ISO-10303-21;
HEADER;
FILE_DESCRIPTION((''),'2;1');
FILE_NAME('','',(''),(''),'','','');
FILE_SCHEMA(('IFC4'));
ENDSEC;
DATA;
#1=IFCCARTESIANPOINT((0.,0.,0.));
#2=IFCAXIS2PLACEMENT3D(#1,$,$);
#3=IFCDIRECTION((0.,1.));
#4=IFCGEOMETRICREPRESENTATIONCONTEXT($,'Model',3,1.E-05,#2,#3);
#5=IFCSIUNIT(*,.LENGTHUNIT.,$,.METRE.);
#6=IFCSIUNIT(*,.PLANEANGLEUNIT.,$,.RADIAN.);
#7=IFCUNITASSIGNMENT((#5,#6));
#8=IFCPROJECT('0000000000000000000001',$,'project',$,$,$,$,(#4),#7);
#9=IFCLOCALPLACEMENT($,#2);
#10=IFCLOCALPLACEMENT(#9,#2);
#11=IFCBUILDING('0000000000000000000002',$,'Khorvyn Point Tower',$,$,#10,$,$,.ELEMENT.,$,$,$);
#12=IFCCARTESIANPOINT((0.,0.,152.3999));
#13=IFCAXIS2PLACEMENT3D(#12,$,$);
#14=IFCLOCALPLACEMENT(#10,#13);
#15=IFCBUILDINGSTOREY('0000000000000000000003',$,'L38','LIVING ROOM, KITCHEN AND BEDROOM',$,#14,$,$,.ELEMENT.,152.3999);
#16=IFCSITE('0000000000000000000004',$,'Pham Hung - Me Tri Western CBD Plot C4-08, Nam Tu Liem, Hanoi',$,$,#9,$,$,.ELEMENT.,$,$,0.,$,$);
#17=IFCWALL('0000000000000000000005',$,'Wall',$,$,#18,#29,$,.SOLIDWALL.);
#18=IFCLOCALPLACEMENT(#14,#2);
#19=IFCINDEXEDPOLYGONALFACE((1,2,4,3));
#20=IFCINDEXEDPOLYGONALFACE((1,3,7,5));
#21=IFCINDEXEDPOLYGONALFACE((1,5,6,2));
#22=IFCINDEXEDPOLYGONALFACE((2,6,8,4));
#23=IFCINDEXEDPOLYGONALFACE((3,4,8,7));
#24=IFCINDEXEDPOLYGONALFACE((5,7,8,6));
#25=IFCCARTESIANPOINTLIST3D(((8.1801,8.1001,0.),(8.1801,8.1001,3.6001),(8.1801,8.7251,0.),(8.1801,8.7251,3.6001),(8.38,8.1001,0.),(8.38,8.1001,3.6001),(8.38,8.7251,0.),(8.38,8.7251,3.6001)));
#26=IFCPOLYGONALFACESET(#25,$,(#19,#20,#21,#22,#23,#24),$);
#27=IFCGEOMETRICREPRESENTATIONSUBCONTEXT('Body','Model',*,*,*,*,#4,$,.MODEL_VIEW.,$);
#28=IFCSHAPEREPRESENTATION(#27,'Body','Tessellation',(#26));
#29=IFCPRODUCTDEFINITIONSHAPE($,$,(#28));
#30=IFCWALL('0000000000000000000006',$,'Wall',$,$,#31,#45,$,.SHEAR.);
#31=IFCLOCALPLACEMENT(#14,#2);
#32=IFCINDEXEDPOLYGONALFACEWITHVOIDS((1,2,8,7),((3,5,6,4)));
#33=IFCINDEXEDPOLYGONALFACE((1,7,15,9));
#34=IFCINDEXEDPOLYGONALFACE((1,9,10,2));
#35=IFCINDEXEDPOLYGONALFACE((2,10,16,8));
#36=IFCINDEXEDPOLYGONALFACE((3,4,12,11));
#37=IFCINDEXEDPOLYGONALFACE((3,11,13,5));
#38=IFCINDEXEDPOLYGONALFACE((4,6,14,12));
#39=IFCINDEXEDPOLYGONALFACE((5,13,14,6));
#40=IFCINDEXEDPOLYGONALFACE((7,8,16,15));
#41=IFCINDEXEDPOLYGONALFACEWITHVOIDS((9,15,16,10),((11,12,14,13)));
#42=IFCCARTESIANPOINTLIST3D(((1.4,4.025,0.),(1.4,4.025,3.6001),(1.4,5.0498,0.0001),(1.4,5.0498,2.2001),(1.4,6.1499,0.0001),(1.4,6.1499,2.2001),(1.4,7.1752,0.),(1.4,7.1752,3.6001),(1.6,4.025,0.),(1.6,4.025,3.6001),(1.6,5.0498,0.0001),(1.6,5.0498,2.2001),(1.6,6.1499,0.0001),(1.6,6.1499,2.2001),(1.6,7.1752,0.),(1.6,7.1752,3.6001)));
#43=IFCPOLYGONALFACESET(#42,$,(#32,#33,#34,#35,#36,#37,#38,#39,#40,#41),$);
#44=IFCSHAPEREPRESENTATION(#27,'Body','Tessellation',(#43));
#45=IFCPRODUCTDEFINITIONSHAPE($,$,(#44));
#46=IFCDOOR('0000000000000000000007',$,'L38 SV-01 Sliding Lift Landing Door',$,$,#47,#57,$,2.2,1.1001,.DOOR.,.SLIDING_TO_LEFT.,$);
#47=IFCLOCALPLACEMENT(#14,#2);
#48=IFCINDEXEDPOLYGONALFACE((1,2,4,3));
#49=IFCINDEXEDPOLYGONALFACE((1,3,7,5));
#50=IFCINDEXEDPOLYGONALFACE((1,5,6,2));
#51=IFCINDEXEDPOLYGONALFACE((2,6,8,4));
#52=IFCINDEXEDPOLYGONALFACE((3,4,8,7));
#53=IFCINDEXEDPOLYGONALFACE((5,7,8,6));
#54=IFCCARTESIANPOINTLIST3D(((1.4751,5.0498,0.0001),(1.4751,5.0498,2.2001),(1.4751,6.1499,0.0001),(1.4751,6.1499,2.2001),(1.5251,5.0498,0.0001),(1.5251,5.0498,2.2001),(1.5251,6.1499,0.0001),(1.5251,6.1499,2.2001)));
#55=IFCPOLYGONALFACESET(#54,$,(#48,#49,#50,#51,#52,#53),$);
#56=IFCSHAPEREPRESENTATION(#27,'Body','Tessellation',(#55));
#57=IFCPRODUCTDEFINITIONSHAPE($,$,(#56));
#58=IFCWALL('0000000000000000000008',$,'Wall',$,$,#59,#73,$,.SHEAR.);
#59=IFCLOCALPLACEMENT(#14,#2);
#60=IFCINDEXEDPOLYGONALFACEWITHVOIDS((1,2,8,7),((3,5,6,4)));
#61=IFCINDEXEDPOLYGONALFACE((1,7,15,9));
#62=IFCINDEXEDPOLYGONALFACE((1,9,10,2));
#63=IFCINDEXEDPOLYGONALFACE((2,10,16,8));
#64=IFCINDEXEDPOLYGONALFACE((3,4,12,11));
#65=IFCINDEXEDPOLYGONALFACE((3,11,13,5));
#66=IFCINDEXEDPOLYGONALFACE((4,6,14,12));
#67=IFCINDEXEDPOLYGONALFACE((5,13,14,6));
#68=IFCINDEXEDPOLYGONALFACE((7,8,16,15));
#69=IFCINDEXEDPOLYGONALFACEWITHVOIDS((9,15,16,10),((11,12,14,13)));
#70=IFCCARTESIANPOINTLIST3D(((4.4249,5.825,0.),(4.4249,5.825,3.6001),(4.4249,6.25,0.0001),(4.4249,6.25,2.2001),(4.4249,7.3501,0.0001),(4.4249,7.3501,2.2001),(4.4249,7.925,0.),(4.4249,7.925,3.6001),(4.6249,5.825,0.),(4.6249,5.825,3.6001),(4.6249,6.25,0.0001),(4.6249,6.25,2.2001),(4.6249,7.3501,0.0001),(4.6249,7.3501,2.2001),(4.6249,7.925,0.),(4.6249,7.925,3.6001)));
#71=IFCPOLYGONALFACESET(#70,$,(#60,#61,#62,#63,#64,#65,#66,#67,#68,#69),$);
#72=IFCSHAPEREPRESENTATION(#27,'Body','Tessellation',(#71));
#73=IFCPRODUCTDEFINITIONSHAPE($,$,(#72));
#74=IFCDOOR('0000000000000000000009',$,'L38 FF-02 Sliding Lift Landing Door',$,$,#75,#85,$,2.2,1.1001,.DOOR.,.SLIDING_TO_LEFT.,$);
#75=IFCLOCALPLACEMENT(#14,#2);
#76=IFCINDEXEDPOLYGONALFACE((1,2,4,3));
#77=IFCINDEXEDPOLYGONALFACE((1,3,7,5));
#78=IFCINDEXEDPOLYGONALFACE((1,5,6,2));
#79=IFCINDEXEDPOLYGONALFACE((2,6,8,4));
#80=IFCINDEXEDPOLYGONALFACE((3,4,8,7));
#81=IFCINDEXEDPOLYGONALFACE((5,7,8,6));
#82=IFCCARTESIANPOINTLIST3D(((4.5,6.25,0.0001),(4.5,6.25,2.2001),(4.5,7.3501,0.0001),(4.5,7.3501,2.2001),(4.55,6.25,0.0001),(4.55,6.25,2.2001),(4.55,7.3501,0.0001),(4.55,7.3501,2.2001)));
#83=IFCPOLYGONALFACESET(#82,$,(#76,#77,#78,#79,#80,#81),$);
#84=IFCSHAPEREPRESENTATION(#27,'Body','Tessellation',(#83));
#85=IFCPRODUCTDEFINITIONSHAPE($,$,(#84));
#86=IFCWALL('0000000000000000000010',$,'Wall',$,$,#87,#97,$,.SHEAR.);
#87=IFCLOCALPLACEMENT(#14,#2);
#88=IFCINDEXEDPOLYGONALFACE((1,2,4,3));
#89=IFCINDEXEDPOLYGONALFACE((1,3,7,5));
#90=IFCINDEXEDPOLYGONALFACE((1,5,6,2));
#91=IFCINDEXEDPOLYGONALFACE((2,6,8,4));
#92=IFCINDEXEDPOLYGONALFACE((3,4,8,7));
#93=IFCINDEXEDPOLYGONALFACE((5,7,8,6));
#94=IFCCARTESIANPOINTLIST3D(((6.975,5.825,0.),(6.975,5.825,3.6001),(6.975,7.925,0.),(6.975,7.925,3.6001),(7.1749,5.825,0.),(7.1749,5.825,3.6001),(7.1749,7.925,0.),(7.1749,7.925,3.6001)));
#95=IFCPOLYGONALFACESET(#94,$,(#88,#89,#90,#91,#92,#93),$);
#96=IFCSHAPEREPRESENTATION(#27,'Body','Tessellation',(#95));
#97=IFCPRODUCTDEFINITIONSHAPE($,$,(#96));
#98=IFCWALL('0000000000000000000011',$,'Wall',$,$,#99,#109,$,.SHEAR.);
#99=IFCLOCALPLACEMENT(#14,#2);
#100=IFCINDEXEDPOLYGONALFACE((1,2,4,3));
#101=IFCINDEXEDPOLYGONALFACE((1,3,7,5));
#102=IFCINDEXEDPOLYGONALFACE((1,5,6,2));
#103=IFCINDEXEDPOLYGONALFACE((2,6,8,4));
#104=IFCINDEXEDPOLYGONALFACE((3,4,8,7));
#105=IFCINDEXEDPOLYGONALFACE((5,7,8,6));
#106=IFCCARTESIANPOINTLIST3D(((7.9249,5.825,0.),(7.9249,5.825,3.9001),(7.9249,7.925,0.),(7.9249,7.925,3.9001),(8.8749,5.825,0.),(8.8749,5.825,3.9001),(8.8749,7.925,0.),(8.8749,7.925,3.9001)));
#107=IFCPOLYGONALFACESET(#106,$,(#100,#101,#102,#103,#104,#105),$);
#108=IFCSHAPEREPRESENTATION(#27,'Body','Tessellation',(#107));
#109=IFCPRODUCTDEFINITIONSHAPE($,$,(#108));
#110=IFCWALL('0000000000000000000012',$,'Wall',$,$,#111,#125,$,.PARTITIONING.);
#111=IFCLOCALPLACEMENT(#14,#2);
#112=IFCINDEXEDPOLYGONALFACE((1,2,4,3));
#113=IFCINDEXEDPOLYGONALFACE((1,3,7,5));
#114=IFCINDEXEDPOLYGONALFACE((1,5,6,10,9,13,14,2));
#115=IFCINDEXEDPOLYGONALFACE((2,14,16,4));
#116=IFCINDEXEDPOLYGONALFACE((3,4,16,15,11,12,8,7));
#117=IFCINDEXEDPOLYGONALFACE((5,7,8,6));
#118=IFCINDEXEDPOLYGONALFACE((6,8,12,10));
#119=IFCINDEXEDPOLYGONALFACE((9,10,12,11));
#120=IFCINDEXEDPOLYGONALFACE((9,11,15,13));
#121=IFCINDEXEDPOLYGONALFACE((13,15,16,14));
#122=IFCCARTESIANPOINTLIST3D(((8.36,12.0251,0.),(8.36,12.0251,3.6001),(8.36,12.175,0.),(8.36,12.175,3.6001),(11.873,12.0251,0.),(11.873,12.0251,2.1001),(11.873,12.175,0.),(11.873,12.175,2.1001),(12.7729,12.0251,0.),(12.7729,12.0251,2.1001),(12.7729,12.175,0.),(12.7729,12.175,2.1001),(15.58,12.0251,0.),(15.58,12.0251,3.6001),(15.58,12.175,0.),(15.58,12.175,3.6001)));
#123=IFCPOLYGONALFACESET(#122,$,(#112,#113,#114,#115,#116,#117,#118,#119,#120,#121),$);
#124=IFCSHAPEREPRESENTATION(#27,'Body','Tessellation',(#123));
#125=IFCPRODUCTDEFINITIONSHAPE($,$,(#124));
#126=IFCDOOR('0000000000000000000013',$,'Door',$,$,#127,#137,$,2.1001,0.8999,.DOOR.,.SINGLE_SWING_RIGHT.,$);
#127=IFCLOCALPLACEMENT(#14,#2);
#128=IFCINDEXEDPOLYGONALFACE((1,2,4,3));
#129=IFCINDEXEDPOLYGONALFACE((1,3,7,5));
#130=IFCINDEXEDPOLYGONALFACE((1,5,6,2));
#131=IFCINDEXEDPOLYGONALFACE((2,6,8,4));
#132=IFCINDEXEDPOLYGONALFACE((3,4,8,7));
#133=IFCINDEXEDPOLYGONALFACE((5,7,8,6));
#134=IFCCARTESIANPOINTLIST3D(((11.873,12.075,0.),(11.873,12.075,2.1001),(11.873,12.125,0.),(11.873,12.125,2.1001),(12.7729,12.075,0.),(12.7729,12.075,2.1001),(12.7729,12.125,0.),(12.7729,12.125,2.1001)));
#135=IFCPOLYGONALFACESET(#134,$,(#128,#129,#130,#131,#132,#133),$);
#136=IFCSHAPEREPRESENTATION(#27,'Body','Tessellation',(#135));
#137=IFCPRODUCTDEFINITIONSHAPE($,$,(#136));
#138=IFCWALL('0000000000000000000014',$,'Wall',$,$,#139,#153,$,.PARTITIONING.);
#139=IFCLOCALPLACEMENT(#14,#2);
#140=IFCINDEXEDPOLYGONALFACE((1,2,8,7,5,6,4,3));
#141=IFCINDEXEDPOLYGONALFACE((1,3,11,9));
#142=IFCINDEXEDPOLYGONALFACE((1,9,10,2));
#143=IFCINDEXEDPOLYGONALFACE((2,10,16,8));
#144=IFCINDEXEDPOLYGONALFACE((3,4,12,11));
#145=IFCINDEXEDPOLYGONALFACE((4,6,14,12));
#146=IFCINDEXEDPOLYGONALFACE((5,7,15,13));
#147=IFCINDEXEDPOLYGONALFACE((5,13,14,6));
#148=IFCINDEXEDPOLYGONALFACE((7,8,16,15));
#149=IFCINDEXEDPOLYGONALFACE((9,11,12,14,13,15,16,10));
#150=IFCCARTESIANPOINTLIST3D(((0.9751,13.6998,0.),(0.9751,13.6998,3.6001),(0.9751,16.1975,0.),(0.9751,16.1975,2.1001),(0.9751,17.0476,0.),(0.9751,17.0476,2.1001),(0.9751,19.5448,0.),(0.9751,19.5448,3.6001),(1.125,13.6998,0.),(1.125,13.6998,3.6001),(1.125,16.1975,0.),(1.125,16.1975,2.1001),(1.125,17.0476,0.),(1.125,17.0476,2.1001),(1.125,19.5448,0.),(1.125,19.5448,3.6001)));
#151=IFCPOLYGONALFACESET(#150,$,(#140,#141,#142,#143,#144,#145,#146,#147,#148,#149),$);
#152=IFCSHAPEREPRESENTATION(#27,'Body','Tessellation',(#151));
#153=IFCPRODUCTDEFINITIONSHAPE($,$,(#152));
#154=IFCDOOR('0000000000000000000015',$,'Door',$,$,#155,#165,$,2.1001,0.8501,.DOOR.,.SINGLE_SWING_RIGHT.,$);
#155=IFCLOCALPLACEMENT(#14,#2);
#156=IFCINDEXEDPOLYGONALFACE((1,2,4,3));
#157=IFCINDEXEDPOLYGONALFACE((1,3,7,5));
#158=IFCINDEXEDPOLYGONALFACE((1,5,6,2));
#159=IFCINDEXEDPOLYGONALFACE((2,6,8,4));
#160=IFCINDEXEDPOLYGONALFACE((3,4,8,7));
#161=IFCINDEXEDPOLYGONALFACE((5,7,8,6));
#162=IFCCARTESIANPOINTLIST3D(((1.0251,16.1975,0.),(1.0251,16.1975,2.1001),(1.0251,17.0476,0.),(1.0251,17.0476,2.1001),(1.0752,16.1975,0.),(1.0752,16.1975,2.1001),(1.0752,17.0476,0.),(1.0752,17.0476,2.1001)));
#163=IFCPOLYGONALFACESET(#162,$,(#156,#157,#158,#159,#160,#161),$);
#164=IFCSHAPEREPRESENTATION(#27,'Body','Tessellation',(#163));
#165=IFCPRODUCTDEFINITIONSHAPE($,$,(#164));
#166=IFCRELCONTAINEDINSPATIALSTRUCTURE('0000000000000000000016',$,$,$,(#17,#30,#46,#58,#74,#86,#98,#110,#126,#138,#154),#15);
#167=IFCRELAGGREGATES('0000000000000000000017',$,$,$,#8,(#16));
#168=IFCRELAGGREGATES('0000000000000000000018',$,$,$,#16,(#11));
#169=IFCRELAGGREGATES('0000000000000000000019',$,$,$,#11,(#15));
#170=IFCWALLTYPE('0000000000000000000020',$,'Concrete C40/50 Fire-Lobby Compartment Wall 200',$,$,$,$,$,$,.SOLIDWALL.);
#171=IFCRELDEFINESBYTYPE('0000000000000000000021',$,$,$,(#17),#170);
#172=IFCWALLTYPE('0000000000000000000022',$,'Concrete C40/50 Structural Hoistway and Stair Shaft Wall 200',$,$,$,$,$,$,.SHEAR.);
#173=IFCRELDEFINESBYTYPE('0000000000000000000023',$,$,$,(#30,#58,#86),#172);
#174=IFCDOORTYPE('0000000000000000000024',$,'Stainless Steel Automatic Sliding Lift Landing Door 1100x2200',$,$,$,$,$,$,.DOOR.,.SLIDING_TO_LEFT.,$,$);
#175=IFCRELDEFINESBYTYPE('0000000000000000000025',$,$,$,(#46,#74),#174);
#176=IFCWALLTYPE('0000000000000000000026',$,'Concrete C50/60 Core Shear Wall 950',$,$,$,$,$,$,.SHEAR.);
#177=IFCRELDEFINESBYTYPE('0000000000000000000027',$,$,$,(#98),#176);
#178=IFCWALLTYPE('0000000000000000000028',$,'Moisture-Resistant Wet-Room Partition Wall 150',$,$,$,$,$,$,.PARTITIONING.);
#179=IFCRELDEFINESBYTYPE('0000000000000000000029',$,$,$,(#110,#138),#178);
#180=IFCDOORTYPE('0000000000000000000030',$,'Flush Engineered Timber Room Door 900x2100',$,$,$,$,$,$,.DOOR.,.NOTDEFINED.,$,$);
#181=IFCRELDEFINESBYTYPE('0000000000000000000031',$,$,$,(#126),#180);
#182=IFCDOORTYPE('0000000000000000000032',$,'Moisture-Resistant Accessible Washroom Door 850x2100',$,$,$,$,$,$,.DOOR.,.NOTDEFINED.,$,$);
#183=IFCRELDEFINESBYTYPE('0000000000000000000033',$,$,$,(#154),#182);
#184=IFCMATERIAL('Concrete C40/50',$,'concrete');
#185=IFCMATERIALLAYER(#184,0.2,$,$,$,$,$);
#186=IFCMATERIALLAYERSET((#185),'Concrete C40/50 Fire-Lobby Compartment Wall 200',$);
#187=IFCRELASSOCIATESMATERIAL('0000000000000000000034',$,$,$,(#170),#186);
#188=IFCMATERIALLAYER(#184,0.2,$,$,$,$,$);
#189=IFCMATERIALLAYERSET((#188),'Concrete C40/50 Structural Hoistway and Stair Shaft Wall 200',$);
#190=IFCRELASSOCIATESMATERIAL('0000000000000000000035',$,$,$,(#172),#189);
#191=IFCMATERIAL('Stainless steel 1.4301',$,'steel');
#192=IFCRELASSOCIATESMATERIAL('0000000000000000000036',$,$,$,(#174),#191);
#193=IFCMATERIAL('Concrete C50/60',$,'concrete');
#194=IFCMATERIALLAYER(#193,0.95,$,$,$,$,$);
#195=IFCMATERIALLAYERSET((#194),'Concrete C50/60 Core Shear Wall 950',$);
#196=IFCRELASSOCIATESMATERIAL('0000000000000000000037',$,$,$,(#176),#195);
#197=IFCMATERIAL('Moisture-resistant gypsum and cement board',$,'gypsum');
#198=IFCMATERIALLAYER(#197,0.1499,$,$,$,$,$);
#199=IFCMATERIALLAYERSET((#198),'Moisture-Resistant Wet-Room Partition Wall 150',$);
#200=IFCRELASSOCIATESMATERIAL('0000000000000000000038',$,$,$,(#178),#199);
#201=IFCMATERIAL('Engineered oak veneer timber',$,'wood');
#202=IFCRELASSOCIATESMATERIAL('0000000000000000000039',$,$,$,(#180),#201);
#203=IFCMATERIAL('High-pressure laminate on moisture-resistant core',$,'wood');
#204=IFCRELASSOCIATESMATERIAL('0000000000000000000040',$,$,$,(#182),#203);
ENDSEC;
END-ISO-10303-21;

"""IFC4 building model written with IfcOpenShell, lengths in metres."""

from ifc_helpers import new_model, si_unit, direction, frame, frame_2d, origin, place, context, subcontext, project, spatial, rectangle, extrude, material, layer, layer_set, type_object, element, fill, save


model = new_model("IFC4")

# Units and contexts
model_context = context("Model", 3, precision=1e-05, world=origin(), true_north=direction((0.0, 1.0)))
body_context = subcontext(model_context, "Body", "Model", "MODEL_VIEW")
ifc_project = project(units=[si_unit("LENGTHUNIT", "METRE"), si_unit("PLANEANGLEUNIT", "RADIAN")], contexts=[model_context])

# Site, building, storey
site_placement = place(None, origin())
site = spatial("IfcSite", under=ifc_project, at=site_placement, Name="Pham Hung - Me Tri Western CBD Plot C4-08, Nam Tu Liem, Hanoi", CompositionType="ELEMENT", RefElevation=0.0)
building_placement = place(site_placement, origin())
building = spatial("IfcBuilding", under=site, at=building_placement, Name="Khorvyn Point Tower", CompositionType="ELEMENT")
storey_placement = place(building_placement, frame((0.0, 0.0, 152.3999)))
storey = spatial("IfcBuildingStorey", under=building, at=storey_placement, Name="L38", Description="LIVING ROOM, KITCHEN AND BEDROOM", CompositionType="ELEMENT", Elevation=152.3999)

# Shared definitions
ifc_material_1 = material(Name="Concrete C40/50", Category="concrete")

# Shared definitions
ifc_layer_1 = layer(ifc_material_1, 0.2)
ifc_layer_set_1 = layer_set([ifc_layer_1], Name="Concrete C40/50 Fire-Lobby Compartment Wall 200")
wall_type_1 = type_object("IfcWallType", Name="Concrete C40/50 Fire-Lobby Compartment Wall 200", PredefinedType="SOLIDWALL", material=ifc_layer_set_1)

# Wall
wall_1_placement = place(storey_placement, frame((8.28, 8.1001, 0.0), z_axis=(0.0, 0.0, 1.0), x_axis=(0.0, 1.0, 0.0)))
element("IfcWall", 1, at=wall_1_placement, inside=storey, type_object=wall_type_1, Name="Wall", PredefinedType="SOLIDWALL", context=body_context, shape_type="SweptSolid", body=[
    extrude(rectangle(XDim=0.625, YDim=0.2, at=frame_2d((0.3125, 0.0))), origin(), (0.0, 0.0, 1.0), 3.6001),
])

# Walls, openings, doors
ifc_layer_2 = layer(ifc_material_1, 0.2)
ifc_layer_set_2 = layer_set([ifc_layer_2], Name="Concrete C40/50 Structural Hoistway and Stair Shaft Wall 200")
wall_type_2 = type_object("IfcWallType", Name="Concrete C40/50 Structural Hoistway and Stair Shaft Wall 200", PredefinedType="SHEAR", material=ifc_layer_set_2)
wall_2_placement = place(storey_placement, frame((1.5, 4.0249, 0.0), z_axis=(0.0, 0.0, 1.0), x_axis=(0.0, 1.0, 0.0)))
wall_2 = element("IfcWall", 2, at=wall_2_placement, inside=storey, type_object=wall_type_2, Name="Wall", PredefinedType="SHEAR", context=body_context, shape_type="SweptSolid", body=[
    extrude(rectangle(XDim=3.1501, YDim=0.2, at=frame_2d((1.5752, 0.0))), origin(), (0.0, 0.0, 1.0), 3.6001),
])
opening_1_placement = place(wall_2_placement, frame((1.0249, 0.0, 0.0)))
opening_1 = element("IfcOpeningElement", 3, at=opening_1_placement, cuts=wall_2, PredefinedType="OPENING", context=body_context, shape_type="SweptSolid", body=[
    extrude(rectangle(XDim=1.1001, YDim=2.2, at=frame_2d((0.55, 1.1001))), frame((0.0, 0.1099, 0.0), z_axis=(0.0, -1.0, 0.0), x_axis=(1.0, 0.0, 0.0)), (0.0, 0.0, 1.0), 0.22),
])
ifc_material_2 = material(Name="Stainless steel 1.4301", Category="steel")
door_type_1 = type_object("IfcDoorType", Name="Stainless Steel Automatic Sliding Lift Landing Door 1100x2200", OperationType="SLIDING_TO_LEFT", PredefinedType="DOOR", material=ifc_material_2)
door_1_placement = place(opening_1_placement, origin())
door_1 = element("IfcDoor", 4, at=door_1_placement, inside=storey, type_object=door_type_1, Name="L38 SV-01 Sliding Lift Landing Door", OperationType="SLIDING_TO_LEFT", OverallHeight=2.2, OverallWidth=1.1001, PredefinedType="DOOR", context=body_context, shape_type="SweptSolid", body=[
    extrude(rectangle(XDim=1.1001, YDim=2.2, at=frame_2d((0.55, 1.1001))), frame((0.0, 0.0249, 0.0), z_axis=(0.0, -1.0, 0.0), x_axis=(1.0, 0.0, 0.0)), (0.0, 0.0, 1.0), 0.05),
])
fill(opening_1, door_1)
wall_3_placement = place(storey_placement, frame((4.5249, 5.825, 0.0), z_axis=(0.0, 0.0, 1.0), x_axis=(0.0, 1.0, 0.0)))
wall_3 = element("IfcWall", 5, at=wall_3_placement, inside=storey, type_object=wall_type_2, Name="Wall", PredefinedType="SHEAR", context=body_context, shape_type="SweptSolid", body=[
    extrude(rectangle(XDim=2.1001, YDim=0.2, at=frame_2d((1.05, 0.0))), origin(), (0.0, 0.0, 1.0), 3.6001),
])
opening_2_placement = place(wall_3_placement, frame((0.425, 0.0, 0.0)))
opening_2 = element("IfcOpeningElement", 6, at=opening_2_placement, cuts=wall_3, PredefinedType="OPENING", context=body_context, shape_type="SweptSolid", body=[
    extrude(rectangle(XDim=1.1001, YDim=2.2, at=frame_2d((0.55, 1.1001))), frame((0.0, 0.1099, 0.0), z_axis=(0.0, -1.0, 0.0), x_axis=(1.0, 0.0, 0.0)), (0.0, 0.0, 1.0), 0.22),
])
door_2_placement = place(opening_2_placement, origin())
door_2 = element("IfcDoor", 7, at=door_2_placement, inside=storey, type_object=door_type_1, Name="L38 FF-02 Sliding Lift Landing Door", OperationType="SLIDING_TO_LEFT", OverallHeight=2.2, OverallWidth=1.1001, PredefinedType="DOOR", context=body_context, shape_type="SweptSolid", body=[
    extrude(rectangle(XDim=1.1001, YDim=2.2, at=frame_2d((0.55, 1.1001))), frame((0.0, 0.0249, 0.0), z_axis=(0.0, -1.0, 0.0), x_axis=(1.0, 0.0, 0.0)), (0.0, 0.0, 1.0), 0.05),
])
fill(opening_2, door_2)

# Walls
wall_4_placement = place(storey_placement, frame((7.075, 5.825, 0.0), z_axis=(0.0, 0.0, 1.0), x_axis=(0.0, 1.0, 0.0)))
element("IfcWall", 8, at=wall_4_placement, inside=storey, type_object=wall_type_2, Name="Wall", PredefinedType="SHEAR", context=body_context, shape_type="SweptSolid", body=[
    extrude(rectangle(XDim=2.1001, YDim=0.2, at=frame_2d((1.05, 0.0))), origin(), (0.0, 0.0, 1.0), 3.6001),
])
ifc_material_3 = material(Name="Concrete C50/60", Category="concrete")
ifc_layer_3 = layer(ifc_material_3, 0.95)
ifc_layer_set_3 = layer_set([ifc_layer_3], Name="Concrete C50/60 Core Shear Wall 950")
wall_type_3 = type_object("IfcWallType", Name="Concrete C50/60 Core Shear Wall 950", PredefinedType="SHEAR", material=ifc_layer_set_3)
wall_5_placement = place(storey_placement, frame((8.3999, 5.825, 0.0), z_axis=(0.0, 0.0, 1.0), x_axis=(0.0, 1.0, 0.0)))
element("IfcWall", 9, at=wall_5_placement, inside=storey, type_object=wall_type_3, Name="Wall", PredefinedType="SHEAR", context=body_context, shape_type="SweptSolid", body=[
    extrude(rectangle(XDim=2.1001, YDim=0.95, at=frame_2d((1.05, 0.0))), origin(), (0.0, 0.0, 1.0), 3.9001),
])

# Walls, openings, doors
ifc_material_4 = material(Name="Moisture-resistant gypsum and cement board", Category="gypsum")
ifc_layer_4 = layer(ifc_material_4, 0.1499)
ifc_layer_set_4 = layer_set([ifc_layer_4], Name="Moisture-Resistant Wet-Room Partition Wall 150")
wall_type_4 = type_object("IfcWallType", Name="Moisture-Resistant Wet-Room Partition Wall 150", PredefinedType="PARTITIONING", material=ifc_layer_set_4)
wall_6_placement = place(storey_placement, frame((8.3601, 12.1001, 0.0), z_axis=(0.0, 0.0, 1.0), x_axis=(1.0, 0.0, 0.0)))
wall_6 = element("IfcWall", 10, at=wall_6_placement, inside=storey, type_object=wall_type_4, Name="Wall", PredefinedType="PARTITIONING", context=body_context, shape_type="SweptSolid", body=[
    extrude(rectangle(XDim=7.22, YDim=0.1499, at=frame_2d((3.6099, 0.0))), origin(), (0.0, 0.0, 1.0), 3.6001),
])
opening_3_placement = place(wall_6_placement, frame((3.5129, 0.0, 0.0)))
opening_3 = element("IfcOpeningElement", 11, at=opening_3_placement, cuts=wall_6, PredefinedType="OPENING", context=body_context, shape_type="SweptSolid", body=[
    extrude(rectangle(XDim=0.8999, YDim=2.1001, at=frame_2d((0.45, 1.05))), frame((0.0, 0.085, 0.0), z_axis=(0.0, -1.0, 0.0), x_axis=(1.0, 0.0, 0.0)), (0.0, 0.0, 1.0), 0.1699),
])
ifc_material_5 = material(Name="Engineered oak veneer timber", Category="wood")
door_type_2 = type_object("IfcDoorType", Name="Flush Engineered Timber Room Door 900x2100", OperationType="NOTDEFINED", PredefinedType="DOOR", material=ifc_material_5)
door_3_placement = place(opening_3_placement, origin())
door_3 = element("IfcDoor", 12, at=door_3_placement, inside=storey, type_object=door_type_2, Name="Door", OperationType="SINGLE_SWING_RIGHT", OverallHeight=2.1001, OverallWidth=0.8999, PredefinedType="DOOR", context=body_context, shape_type="SweptSolid", body=[
    extrude(rectangle(XDim=0.8999, YDim=2.1001, at=frame_2d((0.45, 1.05))), frame((0.0, 0.0249, 0.0), z_axis=(0.0, -1.0, 0.0), x_axis=(1.0, 0.0, 0.0)), (0.0, 0.0, 1.0), 0.05),
])
fill(opening_3, door_3)
wall_7_placement = place(storey_placement, frame((1.05, 13.7, 0.0), z_axis=(0.0, 0.0, 1.0), x_axis=(0.0, 1.0, 0.0)))
wall_7 = element("IfcWall", 13, at=wall_7_placement, inside=storey, type_object=wall_type_4, Name="Wall", PredefinedType="PARTITIONING", context=body_context, shape_type="SweptSolid", body=[
    extrude(rectangle(XDim=5.845, YDim=0.1499, at=frame_2d((2.9224, 0.0))), origin(), (0.0, 0.0, 1.0), 3.6001),
])
opening_4_placement = place(wall_7_placement, frame((2.4976, 0.0, 0.0)))
opening_4 = element("IfcOpeningElement", 14, at=opening_4_placement, cuts=wall_7, PredefinedType="OPENING", context=body_context, shape_type="SweptSolid", body=[
    extrude(rectangle(XDim=0.8501, YDim=2.1001, at=frame_2d((0.425, 1.05))), frame((0.0, 0.085, 0.0), z_axis=(0.0, -1.0, 0.0), x_axis=(1.0, 0.0, 0.0)), (0.0, 0.0, 1.0), 0.1699),
])
ifc_material_6 = material(Name="High-pressure laminate on moisture-resistant core", Category="wood")
door_type_3 = type_object("IfcDoorType", Name="Moisture-Resistant Accessible Washroom Door 850x2100", OperationType="NOTDEFINED", PredefinedType="DOOR", material=ifc_material_6)
door_4_placement = place(opening_4_placement, origin())
door_4 = element("IfcDoor", 15, at=door_4_placement, inside=storey, type_object=door_type_3, Name="Door", OperationType="SINGLE_SWING_RIGHT", OverallHeight=2.1001, OverallWidth=0.8501, PredefinedType="DOOR", context=body_context, shape_type="SweptSolid", body=[
    extrude(rectangle(XDim=0.8501, YDim=2.1001, at=frame_2d((0.425, 1.05))), frame((0.0, 0.0249, 0.0), z_axis=(0.0, -1.0, 0.0), x_axis=(1.0, 0.0, 0.0)), (0.0, 0.0, 1.0), 0.05),
])
fill(opening_4, door_4)

save(model, "model.ifc")
